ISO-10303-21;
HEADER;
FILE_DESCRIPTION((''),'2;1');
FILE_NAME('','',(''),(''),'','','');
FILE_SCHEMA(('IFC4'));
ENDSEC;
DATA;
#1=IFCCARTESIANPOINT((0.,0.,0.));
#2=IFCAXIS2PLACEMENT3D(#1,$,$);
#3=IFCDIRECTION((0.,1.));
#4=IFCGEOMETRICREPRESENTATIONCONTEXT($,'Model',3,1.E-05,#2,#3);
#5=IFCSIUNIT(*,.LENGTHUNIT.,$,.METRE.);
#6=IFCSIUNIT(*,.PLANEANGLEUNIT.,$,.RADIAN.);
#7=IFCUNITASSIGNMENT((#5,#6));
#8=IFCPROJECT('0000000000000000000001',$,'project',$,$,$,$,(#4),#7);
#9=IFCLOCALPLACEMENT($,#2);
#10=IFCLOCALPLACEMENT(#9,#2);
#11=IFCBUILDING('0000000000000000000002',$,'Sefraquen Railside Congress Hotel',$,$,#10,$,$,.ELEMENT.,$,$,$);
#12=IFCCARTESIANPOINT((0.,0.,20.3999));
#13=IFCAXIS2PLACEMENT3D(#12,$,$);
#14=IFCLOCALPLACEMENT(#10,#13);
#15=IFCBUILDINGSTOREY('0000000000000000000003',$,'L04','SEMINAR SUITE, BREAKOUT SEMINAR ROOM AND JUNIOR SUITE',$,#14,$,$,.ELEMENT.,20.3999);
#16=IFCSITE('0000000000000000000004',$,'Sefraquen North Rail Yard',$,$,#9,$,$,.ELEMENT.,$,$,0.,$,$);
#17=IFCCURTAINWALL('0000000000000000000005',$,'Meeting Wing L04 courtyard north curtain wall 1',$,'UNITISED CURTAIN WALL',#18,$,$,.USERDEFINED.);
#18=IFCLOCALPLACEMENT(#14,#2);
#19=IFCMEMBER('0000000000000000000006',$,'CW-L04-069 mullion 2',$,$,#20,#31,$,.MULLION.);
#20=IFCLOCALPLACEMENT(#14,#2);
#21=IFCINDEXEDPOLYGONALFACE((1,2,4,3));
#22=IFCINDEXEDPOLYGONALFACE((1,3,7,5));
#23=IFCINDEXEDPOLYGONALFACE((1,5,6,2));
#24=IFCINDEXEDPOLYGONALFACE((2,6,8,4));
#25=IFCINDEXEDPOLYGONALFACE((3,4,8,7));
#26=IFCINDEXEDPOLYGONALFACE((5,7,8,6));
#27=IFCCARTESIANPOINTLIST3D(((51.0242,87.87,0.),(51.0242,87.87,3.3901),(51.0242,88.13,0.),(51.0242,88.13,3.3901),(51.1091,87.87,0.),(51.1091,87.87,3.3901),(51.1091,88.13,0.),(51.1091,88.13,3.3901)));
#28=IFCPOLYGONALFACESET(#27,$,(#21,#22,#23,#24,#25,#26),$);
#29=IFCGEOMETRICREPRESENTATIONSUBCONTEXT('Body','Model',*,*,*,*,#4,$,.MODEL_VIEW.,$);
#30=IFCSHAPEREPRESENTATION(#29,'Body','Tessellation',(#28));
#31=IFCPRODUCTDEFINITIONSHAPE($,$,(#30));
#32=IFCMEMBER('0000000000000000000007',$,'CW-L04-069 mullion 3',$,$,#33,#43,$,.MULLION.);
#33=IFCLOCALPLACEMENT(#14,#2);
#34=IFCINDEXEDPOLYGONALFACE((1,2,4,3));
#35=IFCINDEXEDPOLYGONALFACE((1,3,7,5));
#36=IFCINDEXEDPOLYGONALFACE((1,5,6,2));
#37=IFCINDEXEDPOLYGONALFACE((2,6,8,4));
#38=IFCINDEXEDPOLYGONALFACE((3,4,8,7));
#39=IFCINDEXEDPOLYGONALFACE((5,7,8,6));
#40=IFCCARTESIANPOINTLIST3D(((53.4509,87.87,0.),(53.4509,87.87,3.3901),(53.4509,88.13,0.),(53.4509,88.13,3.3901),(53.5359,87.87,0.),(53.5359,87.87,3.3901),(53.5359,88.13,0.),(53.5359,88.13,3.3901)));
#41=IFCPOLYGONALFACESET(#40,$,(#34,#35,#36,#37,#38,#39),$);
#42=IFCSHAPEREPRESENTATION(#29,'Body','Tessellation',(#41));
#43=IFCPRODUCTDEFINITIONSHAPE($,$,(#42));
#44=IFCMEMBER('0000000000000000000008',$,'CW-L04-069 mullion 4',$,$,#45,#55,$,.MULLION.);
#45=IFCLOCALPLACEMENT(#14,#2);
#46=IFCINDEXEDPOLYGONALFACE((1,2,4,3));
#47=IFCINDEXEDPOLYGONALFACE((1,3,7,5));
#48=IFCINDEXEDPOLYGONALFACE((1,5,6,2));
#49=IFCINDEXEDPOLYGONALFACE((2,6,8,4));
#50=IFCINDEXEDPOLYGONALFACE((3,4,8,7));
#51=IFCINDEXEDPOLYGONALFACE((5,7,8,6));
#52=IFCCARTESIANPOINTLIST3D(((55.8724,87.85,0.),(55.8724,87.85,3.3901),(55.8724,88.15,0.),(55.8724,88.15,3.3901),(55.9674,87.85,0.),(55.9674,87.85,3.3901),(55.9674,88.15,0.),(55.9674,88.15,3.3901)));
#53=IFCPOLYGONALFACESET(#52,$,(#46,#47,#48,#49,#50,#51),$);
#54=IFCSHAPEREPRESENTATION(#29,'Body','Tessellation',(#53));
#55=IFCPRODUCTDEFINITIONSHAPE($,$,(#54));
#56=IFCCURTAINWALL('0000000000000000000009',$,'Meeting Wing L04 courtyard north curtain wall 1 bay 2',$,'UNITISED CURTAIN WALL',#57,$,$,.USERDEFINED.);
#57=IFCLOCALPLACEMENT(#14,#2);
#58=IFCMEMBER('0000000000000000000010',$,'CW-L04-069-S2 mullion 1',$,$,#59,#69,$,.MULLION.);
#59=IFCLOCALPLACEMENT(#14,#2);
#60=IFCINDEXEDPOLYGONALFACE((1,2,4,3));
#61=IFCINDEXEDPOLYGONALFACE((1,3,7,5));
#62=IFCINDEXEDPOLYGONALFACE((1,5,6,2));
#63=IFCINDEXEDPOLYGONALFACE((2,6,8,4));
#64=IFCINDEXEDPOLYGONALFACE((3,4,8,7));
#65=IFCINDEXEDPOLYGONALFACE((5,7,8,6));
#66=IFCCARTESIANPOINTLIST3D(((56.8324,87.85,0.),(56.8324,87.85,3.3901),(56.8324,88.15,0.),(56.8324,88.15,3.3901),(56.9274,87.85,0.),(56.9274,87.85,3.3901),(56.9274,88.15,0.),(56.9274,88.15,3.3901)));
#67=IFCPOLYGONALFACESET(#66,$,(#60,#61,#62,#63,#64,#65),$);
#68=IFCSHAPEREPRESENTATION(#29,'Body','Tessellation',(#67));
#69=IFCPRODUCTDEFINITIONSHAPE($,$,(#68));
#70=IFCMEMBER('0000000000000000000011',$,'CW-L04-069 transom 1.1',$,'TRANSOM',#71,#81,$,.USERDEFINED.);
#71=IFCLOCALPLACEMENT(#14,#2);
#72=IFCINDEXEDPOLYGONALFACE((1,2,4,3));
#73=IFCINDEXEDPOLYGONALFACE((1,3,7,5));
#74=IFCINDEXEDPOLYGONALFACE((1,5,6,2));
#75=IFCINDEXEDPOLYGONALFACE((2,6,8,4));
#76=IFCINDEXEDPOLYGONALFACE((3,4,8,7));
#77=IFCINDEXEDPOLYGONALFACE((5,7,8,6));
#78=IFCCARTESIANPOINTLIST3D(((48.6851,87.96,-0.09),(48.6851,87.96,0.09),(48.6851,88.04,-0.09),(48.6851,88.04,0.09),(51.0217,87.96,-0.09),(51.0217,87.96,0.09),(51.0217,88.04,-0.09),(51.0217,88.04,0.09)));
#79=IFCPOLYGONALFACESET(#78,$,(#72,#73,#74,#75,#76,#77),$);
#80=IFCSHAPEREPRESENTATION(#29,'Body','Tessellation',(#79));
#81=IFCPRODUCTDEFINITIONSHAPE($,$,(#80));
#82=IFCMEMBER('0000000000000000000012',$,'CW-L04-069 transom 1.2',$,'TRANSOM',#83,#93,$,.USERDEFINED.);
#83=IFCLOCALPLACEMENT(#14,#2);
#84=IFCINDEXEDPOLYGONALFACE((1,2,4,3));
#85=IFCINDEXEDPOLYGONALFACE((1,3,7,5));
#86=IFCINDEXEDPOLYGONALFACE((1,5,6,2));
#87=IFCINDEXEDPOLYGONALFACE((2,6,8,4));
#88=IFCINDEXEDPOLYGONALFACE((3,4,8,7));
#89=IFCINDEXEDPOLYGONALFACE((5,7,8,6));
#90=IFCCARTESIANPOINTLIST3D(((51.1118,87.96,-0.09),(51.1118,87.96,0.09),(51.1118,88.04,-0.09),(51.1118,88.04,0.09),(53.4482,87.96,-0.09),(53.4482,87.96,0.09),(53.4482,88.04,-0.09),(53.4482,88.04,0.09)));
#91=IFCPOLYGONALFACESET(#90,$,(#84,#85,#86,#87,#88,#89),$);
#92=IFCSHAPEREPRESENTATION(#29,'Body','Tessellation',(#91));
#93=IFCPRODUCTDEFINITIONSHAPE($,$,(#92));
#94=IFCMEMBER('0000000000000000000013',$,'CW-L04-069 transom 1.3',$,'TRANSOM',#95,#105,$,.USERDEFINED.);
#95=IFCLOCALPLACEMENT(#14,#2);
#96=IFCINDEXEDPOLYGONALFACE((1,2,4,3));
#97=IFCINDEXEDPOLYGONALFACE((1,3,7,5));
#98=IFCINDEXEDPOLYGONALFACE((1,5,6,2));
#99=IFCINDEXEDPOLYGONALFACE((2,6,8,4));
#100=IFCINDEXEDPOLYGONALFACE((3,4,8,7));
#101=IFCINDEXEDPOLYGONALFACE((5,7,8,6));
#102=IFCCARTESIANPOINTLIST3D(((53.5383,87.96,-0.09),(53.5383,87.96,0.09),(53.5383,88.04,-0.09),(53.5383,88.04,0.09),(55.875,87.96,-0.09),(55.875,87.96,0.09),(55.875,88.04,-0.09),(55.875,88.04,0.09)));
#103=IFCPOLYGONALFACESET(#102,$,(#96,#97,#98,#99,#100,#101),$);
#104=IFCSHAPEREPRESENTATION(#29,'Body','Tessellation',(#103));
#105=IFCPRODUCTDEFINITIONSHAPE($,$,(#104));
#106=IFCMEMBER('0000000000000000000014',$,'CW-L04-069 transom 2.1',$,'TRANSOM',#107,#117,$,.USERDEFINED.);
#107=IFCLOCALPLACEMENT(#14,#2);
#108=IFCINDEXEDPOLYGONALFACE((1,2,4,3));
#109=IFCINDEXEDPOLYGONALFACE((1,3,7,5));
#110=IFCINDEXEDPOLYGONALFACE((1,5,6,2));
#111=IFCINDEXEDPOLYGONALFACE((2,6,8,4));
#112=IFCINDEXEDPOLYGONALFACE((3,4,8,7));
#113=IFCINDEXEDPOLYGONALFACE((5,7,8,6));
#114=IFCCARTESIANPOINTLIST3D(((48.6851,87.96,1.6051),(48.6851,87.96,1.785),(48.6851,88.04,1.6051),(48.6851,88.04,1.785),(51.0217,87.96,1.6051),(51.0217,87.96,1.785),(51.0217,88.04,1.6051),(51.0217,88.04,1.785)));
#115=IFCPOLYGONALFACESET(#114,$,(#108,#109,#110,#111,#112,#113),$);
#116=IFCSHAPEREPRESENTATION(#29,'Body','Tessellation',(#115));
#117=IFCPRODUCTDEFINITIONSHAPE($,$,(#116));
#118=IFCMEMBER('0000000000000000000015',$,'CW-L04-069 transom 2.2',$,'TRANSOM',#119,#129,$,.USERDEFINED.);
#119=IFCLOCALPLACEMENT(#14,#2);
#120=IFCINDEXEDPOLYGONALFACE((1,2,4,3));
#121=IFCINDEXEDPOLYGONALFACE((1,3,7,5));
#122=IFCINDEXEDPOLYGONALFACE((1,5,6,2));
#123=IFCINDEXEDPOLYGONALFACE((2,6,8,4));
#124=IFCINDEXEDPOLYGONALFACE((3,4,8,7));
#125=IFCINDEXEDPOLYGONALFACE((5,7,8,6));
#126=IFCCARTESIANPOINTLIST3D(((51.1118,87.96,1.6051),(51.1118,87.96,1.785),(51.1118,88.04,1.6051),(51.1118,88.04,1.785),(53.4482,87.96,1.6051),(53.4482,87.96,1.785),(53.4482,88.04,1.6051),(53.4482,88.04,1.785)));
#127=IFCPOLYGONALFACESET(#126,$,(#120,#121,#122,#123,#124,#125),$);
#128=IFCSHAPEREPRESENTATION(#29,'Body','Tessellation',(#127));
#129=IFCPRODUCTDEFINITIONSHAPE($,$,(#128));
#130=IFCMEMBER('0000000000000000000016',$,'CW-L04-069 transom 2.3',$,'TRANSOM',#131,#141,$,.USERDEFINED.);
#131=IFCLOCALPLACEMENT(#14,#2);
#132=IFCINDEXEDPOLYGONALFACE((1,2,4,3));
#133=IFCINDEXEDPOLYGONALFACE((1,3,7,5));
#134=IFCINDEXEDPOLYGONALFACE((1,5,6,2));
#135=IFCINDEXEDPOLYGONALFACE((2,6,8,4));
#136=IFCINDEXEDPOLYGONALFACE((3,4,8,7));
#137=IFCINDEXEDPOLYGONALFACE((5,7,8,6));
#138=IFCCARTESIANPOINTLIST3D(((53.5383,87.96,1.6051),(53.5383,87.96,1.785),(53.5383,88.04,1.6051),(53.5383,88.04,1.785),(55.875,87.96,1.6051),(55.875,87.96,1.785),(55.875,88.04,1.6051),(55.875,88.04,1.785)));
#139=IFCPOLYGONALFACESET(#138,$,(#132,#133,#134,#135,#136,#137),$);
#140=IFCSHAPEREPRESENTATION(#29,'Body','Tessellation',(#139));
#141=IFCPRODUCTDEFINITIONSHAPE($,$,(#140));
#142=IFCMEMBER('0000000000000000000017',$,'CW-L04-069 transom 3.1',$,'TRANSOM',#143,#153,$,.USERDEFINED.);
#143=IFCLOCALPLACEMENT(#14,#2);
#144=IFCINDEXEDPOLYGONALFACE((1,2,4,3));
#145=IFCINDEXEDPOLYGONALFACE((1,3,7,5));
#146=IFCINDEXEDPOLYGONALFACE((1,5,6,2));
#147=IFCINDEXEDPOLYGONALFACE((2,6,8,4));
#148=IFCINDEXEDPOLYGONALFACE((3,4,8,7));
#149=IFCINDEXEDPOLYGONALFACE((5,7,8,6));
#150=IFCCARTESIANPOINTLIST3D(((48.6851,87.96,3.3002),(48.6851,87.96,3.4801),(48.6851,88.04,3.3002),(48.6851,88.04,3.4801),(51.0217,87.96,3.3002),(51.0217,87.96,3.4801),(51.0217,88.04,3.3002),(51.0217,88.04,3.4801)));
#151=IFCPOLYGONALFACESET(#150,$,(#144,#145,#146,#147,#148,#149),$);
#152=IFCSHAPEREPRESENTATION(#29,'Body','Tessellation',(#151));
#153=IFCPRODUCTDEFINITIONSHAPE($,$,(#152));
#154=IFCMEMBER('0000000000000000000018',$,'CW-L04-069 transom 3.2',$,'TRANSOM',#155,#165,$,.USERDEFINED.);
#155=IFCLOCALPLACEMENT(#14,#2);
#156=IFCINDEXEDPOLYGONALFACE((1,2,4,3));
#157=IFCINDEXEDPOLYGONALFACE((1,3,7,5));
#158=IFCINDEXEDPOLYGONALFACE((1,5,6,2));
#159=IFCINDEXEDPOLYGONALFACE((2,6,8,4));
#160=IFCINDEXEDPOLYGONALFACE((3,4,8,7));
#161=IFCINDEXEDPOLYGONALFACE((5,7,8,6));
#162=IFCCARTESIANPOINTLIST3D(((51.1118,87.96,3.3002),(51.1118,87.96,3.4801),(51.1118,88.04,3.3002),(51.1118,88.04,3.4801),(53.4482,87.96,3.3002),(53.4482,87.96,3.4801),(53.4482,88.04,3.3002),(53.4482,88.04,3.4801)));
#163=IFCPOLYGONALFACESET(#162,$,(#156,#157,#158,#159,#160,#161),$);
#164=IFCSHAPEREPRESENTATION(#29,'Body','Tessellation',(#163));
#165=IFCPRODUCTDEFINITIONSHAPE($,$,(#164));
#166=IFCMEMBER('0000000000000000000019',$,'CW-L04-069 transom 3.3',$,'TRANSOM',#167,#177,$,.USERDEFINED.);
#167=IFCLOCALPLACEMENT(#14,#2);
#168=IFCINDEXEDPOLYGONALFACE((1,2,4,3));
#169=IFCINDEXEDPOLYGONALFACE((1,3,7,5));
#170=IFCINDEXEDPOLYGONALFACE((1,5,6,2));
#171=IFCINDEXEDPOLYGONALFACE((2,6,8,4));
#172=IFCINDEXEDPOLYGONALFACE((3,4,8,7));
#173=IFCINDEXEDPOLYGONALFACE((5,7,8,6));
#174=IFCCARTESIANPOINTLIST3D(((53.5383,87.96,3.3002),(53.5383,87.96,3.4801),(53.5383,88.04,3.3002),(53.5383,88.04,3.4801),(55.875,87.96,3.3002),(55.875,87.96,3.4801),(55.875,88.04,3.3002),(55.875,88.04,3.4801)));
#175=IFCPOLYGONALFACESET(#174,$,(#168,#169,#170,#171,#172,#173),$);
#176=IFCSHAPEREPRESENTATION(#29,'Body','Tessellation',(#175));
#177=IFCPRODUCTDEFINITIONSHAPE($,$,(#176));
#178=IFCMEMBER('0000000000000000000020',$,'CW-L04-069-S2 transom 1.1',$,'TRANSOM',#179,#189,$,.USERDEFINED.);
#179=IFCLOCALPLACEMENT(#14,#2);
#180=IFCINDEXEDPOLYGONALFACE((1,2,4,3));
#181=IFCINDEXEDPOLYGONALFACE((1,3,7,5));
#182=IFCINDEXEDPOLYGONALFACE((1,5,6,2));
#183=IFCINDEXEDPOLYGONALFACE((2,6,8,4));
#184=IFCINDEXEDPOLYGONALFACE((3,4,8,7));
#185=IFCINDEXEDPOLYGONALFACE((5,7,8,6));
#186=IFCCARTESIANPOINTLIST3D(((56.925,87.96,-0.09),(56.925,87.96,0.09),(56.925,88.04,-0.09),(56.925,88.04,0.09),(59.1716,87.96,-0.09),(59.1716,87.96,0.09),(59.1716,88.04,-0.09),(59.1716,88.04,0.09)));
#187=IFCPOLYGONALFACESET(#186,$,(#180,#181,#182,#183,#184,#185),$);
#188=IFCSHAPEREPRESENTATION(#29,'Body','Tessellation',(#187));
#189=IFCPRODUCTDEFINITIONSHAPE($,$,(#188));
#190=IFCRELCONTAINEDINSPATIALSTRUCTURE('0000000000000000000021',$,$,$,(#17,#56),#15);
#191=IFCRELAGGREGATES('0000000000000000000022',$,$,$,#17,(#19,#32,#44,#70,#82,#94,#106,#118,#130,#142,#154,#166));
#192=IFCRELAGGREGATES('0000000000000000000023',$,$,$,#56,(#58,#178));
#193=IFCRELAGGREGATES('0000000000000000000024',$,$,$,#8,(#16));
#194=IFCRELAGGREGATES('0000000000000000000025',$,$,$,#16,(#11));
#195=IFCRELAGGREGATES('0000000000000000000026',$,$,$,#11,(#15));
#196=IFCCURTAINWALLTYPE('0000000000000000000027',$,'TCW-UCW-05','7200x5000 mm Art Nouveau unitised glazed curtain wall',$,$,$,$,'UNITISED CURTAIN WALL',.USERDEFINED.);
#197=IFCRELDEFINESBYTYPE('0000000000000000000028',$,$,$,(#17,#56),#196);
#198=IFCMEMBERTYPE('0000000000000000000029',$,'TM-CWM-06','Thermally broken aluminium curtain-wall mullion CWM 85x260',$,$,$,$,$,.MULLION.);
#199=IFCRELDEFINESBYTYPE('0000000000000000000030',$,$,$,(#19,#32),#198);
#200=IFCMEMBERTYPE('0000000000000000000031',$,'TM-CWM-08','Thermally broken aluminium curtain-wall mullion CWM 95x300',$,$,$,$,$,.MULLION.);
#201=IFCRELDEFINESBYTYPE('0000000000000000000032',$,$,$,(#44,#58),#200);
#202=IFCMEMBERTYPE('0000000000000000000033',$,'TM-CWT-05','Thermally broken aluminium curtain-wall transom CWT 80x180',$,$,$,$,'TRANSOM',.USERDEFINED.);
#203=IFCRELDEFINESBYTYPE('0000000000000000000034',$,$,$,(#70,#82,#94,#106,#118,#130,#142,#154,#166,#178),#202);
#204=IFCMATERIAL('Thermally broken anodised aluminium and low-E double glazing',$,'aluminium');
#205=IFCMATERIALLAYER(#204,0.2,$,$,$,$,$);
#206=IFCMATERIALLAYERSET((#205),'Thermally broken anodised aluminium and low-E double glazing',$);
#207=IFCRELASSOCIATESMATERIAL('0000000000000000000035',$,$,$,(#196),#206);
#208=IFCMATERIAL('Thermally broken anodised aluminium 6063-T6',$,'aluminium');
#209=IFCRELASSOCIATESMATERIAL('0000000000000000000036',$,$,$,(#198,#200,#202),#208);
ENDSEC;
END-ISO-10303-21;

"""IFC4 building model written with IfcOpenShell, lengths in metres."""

from ifc_helpers import new_model, si_unit, direction, frame, origin, origin_2d, place, context, subcontext, project, spatial, rectangle, extrude, material, layer, layer_set, material_profile, profile_set, type_object, element, aggregate, save


model = new_model("IFC4")

# Units and contexts
model_context = context("Model", 3, precision=1e-05, world=origin(), true_north=direction((0.0, 1.0)))
body_context = subcontext(model_context, "Body", "Model", "MODEL_VIEW")
ifc_project = project(units=[si_unit("LENGTHUNIT", "METRE"), si_unit("PLANEANGLEUNIT", "RADIAN")], contexts=[model_context])

# Site, building, storey
site_placement = place(None, origin())
site = spatial("IfcSite", under=ifc_project, at=site_placement, Name="Sefraquen North Rail Yard", CompositionType="ELEMENT", RefElevation=0.0)
building_placement = place(site_placement, origin())
building = spatial("IfcBuilding", under=site, at=building_placement, Name="Sefraquen Railside Congress Hotel", CompositionType="ELEMENT")
storey_placement = place(building_placement, frame((0.0, 0.0, 20.3999)))
storey = spatial("IfcBuildingStorey", under=building, at=storey_placement, Name="L04", Description="SEMINAR SUITE, BREAKOUT SEMINAR ROOM AND JUNIOR SUITE", CompositionType="ELEMENT", Elevation=20.3999)

# Curtain wall, members
ifc_material_1 = material(Name="Thermally broken anodised aluminium and low-E double glazing", Category="aluminium")
ifc_layer_1 = layer(ifc_material_1, 0.2)
ifc_layer_set_1 = layer_set([ifc_layer_1], Name="Thermally broken anodised aluminium and low-E double glazing")
curtain_wall_type = type_object("IfcCurtainWallType", Name="TCW-UCW-05", Description="7200x5000 mm Art Nouveau unitised glazed curtain wall", ElementType="UNITISED CURTAIN WALL", PredefinedType="USERDEFINED", material=ifc_layer_set_1)
curtain_wall_1_placement = place(storey_placement, origin())
curtain_wall_1 = element("IfcCurtainWall", 1, at=curtain_wall_1_placement, inside=storey, type_object=curtain_wall_type, Name="Meeting Wing L04 courtyard north curtain wall 1", ObjectType="UNITISED CURTAIN WALL", PredefinedType="USERDEFINED")
ifc_material_2 = material(Name="Thermally broken anodised aluminium 6063-T6", Category="aluminium")
ifc_material_profile_1 = material_profile(ifc_material_2, rectangle(XDim=0.085, YDim=0.26, at=origin_2d()), Name="CWM 85x260")
ifc_profile_set_1 = profile_set([ifc_material_profile_1], Name="Thermally broken anodised aluminium 6063-T6")
member_type_1 = type_object("IfcMemberType", Name="TM-CWM-06", Description="Thermally broken aluminium curtain-wall mullion CWM 85x260", PredefinedType="MULLION", material=ifc_profile_set_1)
member_1_placement = place(storey_placement, frame((51.0667, 88.0, 0.0), z_axis=(0.0, 0.0, 1.0), x_axis=(1.0, 0.0, 0.0)))
member_1 = element("IfcMember", 2, at=member_1_placement, type_object=member_type_1, Name="CW-L04-069 mullion 2", PredefinedType="MULLION", context=body_context, shape_type="SweptSolid", body=[
    extrude(rectangle(XDim=0.085, YDim=0.26, at=origin_2d()), origin(), (0.0, 0.0, 1.0), 3.3901),
])
member_2_placement = place(storey_placement, frame((53.4934, 88.0, 0.0), z_axis=(0.0, 0.0, 1.0), x_axis=(1.0, 0.0, 0.0)))
member_2 = element("IfcMember", 3, at=member_2_placement, type_object=member_type_1, Name="CW-L04-069 mullion 3", PredefinedType="MULLION", context=body_context, shape_type="SweptSolid", body=[
    extrude(rectangle(XDim=0.085, YDim=0.26, at=origin_2d()), origin(), (0.0, 0.0, 1.0), 3.3901),
])
ifc_material_profile_2 = material_profile(ifc_material_2, rectangle(XDim=0.095, YDim=0.3, at=origin_2d()), Name="CWM 95x300")
ifc_profile_set_2 = profile_set([ifc_material_profile_2], Name="Thermally broken anodised aluminium 6063-T6")
member_type_2 = type_object("IfcMemberType", Name="TM-CWM-08", Description="Thermally broken aluminium curtain-wall mullion CWM 95x300", PredefinedType="MULLION", material=ifc_profile_set_2)
member_3_placement = place(storey_placement, frame((55.9199, 88.0, 0.0), z_axis=(0.0, 0.0, 1.0), x_axis=(1.0, 0.0, 0.0)))
member_3 = element("IfcMember", 4, at=member_3_placement, type_object=member_type_2, Name="CW-L04-069 mullion 4", PredefinedType="MULLION", context=body_context, shape_type="SweptSolid", body=[
    extrude(rectangle(XDim=0.095, YDim=0.3, at=origin_2d()), origin(), (0.0, 0.0, 1.0), 3.3901),
])

# Curtain wall, member
curtain_wall_2_placement = place(storey_placement, origin())
curtain_wall_2 = element("IfcCurtainWall", 5, at=curtain_wall_2_placement, inside=storey, type_object=curtain_wall_type, Name="Meeting Wing L04 courtyard north curtain wall 1 bay 2", ObjectType="UNITISED CURTAIN WALL", PredefinedType="USERDEFINED")
member_4_placement = place(storey_placement, frame((56.8799, 88.0, 0.0), z_axis=(0.0, 0.0, 1.0), x_axis=(1.0, 0.0, 0.0)))
member_4 = element("IfcMember", 6, at=member_4_placement, type_object=member_type_2, Name="CW-L04-069-S2 mullion 1", PredefinedType="MULLION", context=body_context, shape_type="SweptSolid", body=[
    extrude(rectangle(XDim=0.095, YDim=0.3, at=origin_2d()), origin(), (0.0, 0.0, 1.0), 3.3901),
])

# Members
ifc_material_profile_3 = material_profile(ifc_material_2, rectangle(XDim=0.0801, YDim=0.1799, at=origin_2d()), Name="CWT 80x180")
ifc_profile_set_3 = profile_set([ifc_material_profile_3], Name="Thermally broken anodised aluminium 6063-T6")
member_type_3 = type_object("IfcMemberType", Name="TM-CWT-05", Description="Thermally broken aluminium curtain-wall transom CWT 80x180", ElementType="TRANSOM", PredefinedType="USERDEFINED", material=ifc_profile_set_3)
member_5_placement = place(storey_placement, frame((48.6851, 88.0, 0.0), z_axis=(1.0, 0.0, 0.0), x_axis=(0.0, 1.0, 0.0)))
member_5 = element("IfcMember", 7, at=member_5_placement, type_object=member_type_3, Name="CW-L04-069 transom 1.1", ObjectType="TRANSOM", PredefinedType="USERDEFINED", context=body_context, shape_type="SweptSolid", body=[
    extrude(rectangle(XDim=0.0801, YDim=0.1799, at=origin_2d()), origin(), (0.0, 0.0, 1.0), 2.3367),
])
member_6_placement = place(storey_placement, frame((51.1118, 88.0, 0.0), z_axis=(1.0, 0.0, 0.0), x_axis=(0.0, 1.0, 0.0)))
member_6 = element("IfcMember", 8, at=member_6_placement, type_object=member_type_3, Name="CW-L04-069 transom 1.2", ObjectType="TRANSOM", PredefinedType="USERDEFINED", context=body_context, shape_type="SweptSolid", body=[
    extrude(rectangle(XDim=0.0801, YDim=0.1799, at=origin_2d()), origin(), (0.0, 0.0, 1.0), 2.3364),
])
member_7_placement = place(storey_placement, frame((53.5383, 88.0, 0.0), z_axis=(1.0, 0.0, 0.0), x_axis=(0.0, 1.0, 0.0)))
member_7 = element("IfcMember", 9, at=member_7_placement, type_object=member_type_3, Name="CW-L04-069 transom 1.3", ObjectType="TRANSOM", PredefinedType="USERDEFINED", context=body_context, shape_type="SweptSolid", body=[
    extrude(rectangle(XDim=0.0801, YDim=0.1799, at=origin_2d()), origin(), (0.0, 0.0, 1.0), 2.3367),
])
member_8_placement = place(storey_placement, frame((48.6851, 88.0, 1.6951), z_axis=(1.0, 0.0, 0.0), x_axis=(0.0, 1.0, 0.0)))
member_8 = element("IfcMember", 10, at=member_8_placement, type_object=member_type_3, Name="CW-L04-069 transom 2.1", ObjectType="TRANSOM", PredefinedType="USERDEFINED", context=body_context, shape_type="SweptSolid", body=[
    extrude(rectangle(XDim=0.0801, YDim=0.1799, at=origin_2d()), origin(), (0.0, 0.0, 1.0), 2.3367),
])
member_9_placement = place(storey_placement, frame((51.1118, 88.0, 1.6951), z_axis=(1.0, 0.0, 0.0), x_axis=(0.0, 1.0, 0.0)))
member_9 = element("IfcMember", 11, at=member_9_placement, type_object=member_type_3, Name="CW-L04-069 transom 2.2", ObjectType="TRANSOM", PredefinedType="USERDEFINED", context=body_context, shape_type="SweptSolid", body=[
    extrude(rectangle(XDim=0.0801, YDim=0.1799, at=origin_2d()), origin(), (0.0, 0.0, 1.0), 2.3364),
])
member_10_placement = place(storey_placement, frame((53.5383, 88.0, 1.6951), z_axis=(1.0, 0.0, 0.0), x_axis=(0.0, 1.0, 0.0)))
member_10 = element("IfcMember", 12, at=member_10_placement, type_object=member_type_3, Name="CW-L04-069 transom 2.3", ObjectType="TRANSOM", PredefinedType="USERDEFINED", context=body_context, shape_type="SweptSolid", body=[
    extrude(rectangle(XDim=0.0801, YDim=0.1799, at=origin_2d()), origin(), (0.0, 0.0, 1.0), 2.3367),
])
member_11_placement = place(storey_placement, frame((48.6851, 88.0, 3.3901), z_axis=(1.0, 0.0, 0.0), x_axis=(0.0, 1.0, 0.0)))
member_11 = element("IfcMember", 13, at=member_11_placement, type_object=member_type_3, Name="CW-L04-069 transom 3.1", ObjectType="TRANSOM", PredefinedType="USERDEFINED", context=body_context, shape_type="SweptSolid", body=[
    extrude(rectangle(XDim=0.0801, YDim=0.1799, at=origin_2d()), origin(), (0.0, 0.0, 1.0), 2.3367),
])
member_12_placement = place(storey_placement, frame((51.1118, 88.0, 3.3901), z_axis=(1.0, 0.0, 0.0), x_axis=(0.0, 1.0, 0.0)))
member_12 = element("IfcMember", 14, at=member_12_placement, type_object=member_type_3, Name="CW-L04-069 transom 3.2", ObjectType="TRANSOM", PredefinedType="USERDEFINED", context=body_context, shape_type="SweptSolid", body=[
    extrude(rectangle(XDim=0.0801, YDim=0.1799, at=origin_2d()), origin(), (0.0, 0.0, 1.0), 2.3364),
])
member_13_placement = place(storey_placement, frame((53.5383, 88.0, 3.3901), z_axis=(1.0, 0.0, 0.0), x_axis=(0.0, 1.0, 0.0)))
member_13 = element("IfcMember", 15, at=member_13_placement, type_object=member_type_3, Name="CW-L04-069 transom 3.3", ObjectType="TRANSOM", PredefinedType="USERDEFINED", context=body_context, shape_type="SweptSolid", body=[
    extrude(rectangle(XDim=0.0801, YDim=0.1799, at=origin_2d()), origin(), (0.0, 0.0, 1.0), 2.3367),
])
member_14_placement = place(storey_placement, frame((56.925, 88.0, 0.0), z_axis=(1.0, 0.0, 0.0), x_axis=(0.0, 1.0, 0.0)))
member_14 = element("IfcMember", 16, at=member_14_placement, type_object=member_type_3, Name="CW-L04-069-S2 transom 1.1", ObjectType="TRANSOM", PredefinedType="USERDEFINED", context=body_context, shape_type="SweptSolid", body=[
    extrude(rectangle(XDim=0.0801, YDim=0.1799, at=origin_2d()), origin(), (0.0, 0.0, 1.0), 2.2466),
])

aggregate(curtain_wall_1, [member_1, member_2, member_3, member_5, member_6, member_7, member_8, member_9, member_10, member_11, member_12, member_13])
aggregate(curtain_wall_2, [member_4, member_14])

save(model, "model.ifc")
